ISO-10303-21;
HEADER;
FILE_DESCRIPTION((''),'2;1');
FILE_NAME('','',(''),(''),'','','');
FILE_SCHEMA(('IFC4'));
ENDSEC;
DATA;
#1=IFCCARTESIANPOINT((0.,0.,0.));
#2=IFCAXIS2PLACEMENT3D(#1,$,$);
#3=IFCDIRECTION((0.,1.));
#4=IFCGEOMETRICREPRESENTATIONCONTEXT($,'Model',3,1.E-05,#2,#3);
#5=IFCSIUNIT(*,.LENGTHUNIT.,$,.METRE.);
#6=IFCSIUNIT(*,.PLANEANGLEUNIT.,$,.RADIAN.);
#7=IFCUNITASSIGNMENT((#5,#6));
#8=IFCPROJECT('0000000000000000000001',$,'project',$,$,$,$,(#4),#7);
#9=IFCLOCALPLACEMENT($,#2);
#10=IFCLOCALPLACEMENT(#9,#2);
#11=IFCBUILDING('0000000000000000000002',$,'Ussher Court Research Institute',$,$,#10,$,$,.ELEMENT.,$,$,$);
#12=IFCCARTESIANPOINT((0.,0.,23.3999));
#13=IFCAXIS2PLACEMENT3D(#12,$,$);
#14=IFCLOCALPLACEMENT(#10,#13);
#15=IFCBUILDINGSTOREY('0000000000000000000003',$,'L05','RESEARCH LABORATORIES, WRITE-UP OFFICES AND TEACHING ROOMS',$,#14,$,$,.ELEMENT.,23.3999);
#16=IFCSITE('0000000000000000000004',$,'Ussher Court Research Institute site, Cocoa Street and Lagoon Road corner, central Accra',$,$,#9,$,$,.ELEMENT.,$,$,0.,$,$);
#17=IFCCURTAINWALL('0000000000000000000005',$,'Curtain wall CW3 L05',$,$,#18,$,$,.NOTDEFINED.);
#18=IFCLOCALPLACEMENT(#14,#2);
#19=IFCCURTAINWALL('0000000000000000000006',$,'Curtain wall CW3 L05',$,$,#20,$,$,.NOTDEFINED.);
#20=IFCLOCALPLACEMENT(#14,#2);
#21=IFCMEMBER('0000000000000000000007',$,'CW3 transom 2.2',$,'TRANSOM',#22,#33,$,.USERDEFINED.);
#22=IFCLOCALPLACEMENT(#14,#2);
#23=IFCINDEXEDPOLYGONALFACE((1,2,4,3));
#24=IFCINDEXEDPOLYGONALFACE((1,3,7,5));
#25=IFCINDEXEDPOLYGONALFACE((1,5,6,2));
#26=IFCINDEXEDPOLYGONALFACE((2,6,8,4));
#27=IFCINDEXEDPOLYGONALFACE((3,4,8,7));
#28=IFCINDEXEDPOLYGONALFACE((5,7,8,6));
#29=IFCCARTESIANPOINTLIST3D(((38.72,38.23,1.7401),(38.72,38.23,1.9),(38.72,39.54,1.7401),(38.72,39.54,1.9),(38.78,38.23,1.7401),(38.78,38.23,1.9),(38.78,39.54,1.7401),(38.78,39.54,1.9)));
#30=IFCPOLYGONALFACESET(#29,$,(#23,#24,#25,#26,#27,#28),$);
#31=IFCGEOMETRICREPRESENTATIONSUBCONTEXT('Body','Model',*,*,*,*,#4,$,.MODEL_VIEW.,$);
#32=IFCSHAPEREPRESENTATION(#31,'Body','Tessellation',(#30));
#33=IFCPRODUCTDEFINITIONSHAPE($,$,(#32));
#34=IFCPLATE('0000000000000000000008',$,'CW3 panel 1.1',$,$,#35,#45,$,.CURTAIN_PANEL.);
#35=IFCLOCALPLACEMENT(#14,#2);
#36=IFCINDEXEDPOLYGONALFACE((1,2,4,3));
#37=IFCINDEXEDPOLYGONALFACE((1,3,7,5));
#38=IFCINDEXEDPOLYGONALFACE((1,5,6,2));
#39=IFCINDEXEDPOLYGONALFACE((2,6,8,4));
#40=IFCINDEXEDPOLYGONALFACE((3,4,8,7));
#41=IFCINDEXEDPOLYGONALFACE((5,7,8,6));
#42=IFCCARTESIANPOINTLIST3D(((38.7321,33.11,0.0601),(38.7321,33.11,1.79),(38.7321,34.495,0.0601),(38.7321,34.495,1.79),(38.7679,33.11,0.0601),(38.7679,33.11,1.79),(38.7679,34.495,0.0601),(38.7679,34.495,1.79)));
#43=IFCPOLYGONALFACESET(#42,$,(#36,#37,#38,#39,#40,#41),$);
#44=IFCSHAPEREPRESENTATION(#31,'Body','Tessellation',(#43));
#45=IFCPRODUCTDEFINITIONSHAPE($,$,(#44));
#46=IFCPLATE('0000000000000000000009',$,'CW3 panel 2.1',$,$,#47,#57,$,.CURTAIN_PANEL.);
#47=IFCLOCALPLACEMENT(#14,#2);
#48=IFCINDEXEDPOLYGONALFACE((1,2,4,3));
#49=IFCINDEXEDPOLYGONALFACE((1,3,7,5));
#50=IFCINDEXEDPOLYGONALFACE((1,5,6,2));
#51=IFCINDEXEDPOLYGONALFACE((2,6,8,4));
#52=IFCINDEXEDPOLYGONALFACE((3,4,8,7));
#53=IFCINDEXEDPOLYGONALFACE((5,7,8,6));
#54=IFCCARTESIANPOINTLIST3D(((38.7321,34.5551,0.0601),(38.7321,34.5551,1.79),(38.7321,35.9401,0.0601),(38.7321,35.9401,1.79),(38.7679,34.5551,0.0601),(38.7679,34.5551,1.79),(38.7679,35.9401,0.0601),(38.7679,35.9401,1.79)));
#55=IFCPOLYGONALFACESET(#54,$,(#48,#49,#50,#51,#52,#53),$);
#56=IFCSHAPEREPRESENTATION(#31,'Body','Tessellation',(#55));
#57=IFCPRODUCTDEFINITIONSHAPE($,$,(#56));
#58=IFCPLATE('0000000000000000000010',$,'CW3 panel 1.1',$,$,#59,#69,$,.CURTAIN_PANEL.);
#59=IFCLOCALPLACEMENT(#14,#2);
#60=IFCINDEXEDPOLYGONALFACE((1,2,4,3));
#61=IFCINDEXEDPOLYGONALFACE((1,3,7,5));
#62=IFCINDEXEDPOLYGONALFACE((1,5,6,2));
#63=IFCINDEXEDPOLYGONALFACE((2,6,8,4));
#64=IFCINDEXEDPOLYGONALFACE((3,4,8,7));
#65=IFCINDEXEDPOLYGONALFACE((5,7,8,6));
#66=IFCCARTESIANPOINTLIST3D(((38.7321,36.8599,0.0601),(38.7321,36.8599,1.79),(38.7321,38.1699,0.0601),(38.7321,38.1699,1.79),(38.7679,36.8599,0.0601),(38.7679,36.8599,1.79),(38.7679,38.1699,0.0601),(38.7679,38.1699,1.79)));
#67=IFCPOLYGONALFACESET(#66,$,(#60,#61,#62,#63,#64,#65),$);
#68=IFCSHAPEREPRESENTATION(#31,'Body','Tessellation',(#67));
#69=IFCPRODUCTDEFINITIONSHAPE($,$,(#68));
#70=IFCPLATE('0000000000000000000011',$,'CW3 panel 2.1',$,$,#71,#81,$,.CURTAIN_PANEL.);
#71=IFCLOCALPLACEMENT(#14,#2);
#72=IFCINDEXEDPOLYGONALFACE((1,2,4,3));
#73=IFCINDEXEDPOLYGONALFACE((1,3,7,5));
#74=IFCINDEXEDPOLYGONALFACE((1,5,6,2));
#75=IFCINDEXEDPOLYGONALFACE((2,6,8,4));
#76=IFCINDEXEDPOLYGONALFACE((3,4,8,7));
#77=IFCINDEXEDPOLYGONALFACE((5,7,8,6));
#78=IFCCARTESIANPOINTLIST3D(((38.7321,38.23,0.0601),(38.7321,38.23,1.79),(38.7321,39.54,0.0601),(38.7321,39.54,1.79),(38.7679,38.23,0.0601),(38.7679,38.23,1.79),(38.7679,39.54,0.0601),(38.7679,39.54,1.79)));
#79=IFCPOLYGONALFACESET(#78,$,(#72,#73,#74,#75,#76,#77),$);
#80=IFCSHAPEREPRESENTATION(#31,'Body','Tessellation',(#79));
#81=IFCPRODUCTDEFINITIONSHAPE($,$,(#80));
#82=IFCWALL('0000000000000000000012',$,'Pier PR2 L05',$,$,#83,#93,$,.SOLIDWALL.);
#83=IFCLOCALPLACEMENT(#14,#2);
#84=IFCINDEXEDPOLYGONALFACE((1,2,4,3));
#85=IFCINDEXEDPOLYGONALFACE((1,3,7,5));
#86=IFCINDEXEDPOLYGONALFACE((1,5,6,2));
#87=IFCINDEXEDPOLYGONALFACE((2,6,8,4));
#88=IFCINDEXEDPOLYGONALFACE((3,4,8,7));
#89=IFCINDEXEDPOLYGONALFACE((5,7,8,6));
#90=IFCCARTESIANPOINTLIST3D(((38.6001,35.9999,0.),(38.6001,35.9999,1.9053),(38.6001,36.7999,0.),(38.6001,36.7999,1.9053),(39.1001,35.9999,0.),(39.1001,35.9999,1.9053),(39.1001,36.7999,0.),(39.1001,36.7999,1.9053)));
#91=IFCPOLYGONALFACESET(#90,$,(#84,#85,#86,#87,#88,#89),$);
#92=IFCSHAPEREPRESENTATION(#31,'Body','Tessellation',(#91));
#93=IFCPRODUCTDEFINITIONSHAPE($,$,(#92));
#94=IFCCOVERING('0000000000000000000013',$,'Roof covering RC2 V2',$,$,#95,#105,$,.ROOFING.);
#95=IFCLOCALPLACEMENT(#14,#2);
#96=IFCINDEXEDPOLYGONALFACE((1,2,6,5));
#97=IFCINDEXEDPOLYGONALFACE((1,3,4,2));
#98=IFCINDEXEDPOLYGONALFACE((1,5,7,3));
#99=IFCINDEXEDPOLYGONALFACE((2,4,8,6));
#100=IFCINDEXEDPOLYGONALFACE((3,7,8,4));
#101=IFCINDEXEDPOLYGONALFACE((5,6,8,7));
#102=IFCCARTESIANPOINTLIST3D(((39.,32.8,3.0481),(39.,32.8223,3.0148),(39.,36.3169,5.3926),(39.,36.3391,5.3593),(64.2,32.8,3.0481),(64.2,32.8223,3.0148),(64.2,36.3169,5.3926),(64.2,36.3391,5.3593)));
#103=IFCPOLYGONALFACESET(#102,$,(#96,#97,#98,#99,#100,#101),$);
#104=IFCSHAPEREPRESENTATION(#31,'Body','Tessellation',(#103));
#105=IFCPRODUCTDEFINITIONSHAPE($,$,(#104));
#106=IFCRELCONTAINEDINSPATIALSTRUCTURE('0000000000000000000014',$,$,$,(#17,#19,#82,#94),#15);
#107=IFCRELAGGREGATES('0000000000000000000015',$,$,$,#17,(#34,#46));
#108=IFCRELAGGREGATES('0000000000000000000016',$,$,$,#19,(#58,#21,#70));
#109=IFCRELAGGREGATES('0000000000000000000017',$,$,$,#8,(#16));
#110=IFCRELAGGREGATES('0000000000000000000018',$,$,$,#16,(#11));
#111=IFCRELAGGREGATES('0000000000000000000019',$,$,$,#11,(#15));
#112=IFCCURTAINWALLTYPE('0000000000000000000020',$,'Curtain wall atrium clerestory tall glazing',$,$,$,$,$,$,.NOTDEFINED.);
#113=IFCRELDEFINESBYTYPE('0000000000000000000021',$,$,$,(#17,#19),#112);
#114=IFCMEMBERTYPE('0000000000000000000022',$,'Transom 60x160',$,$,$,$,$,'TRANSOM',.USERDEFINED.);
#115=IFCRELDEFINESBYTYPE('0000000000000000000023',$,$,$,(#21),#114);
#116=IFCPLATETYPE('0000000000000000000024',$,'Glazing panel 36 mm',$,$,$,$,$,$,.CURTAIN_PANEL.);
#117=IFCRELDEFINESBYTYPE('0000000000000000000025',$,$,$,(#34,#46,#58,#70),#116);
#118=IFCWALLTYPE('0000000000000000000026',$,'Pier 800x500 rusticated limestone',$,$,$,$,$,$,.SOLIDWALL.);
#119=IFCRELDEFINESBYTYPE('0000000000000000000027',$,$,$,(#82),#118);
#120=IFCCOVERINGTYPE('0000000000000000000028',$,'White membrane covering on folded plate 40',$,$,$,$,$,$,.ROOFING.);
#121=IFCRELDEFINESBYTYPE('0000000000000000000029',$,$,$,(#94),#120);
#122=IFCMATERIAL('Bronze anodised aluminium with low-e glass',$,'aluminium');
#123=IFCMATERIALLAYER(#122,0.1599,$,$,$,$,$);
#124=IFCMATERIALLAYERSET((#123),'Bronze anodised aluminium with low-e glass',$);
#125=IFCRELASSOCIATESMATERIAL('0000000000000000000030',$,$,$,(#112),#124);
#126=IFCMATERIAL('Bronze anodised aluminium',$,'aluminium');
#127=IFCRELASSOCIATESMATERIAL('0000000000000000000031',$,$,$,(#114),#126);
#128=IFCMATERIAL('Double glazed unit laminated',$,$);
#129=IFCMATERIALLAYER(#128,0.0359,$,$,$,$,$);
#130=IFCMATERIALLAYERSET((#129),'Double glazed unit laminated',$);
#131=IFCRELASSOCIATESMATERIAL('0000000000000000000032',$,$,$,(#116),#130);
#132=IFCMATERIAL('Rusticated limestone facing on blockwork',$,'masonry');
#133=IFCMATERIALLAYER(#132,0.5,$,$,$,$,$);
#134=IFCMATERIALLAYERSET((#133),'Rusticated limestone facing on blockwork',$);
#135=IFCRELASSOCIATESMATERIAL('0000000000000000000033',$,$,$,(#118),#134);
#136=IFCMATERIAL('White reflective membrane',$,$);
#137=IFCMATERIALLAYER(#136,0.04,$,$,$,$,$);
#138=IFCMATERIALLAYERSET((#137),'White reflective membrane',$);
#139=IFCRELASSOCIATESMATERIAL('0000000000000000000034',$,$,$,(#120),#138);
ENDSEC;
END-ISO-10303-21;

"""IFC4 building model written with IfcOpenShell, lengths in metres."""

from ifc_helpers import new_model, si_unit, direction, frame, frame_2d, origin, origin_2d, place, context, subcontext, project, spatial, polyline, rectangle, outline, extrude, material, layer, layer_set, material_profile, profile_set, type_object, element, aggregate, save


model = new_model("IFC4")

# Units and contexts
model_context = context("Model", 3, precision=1e-05, world=origin(), true_north=direction((0.0, 1.0)))
body_context = subcontext(model_context, "Body", "Model", "MODEL_VIEW")
ifc_project = project(units=[si_unit("LENGTHUNIT", "METRE"), si_unit("PLANEANGLEUNIT", "RADIAN")], contexts=[model_context])

# Site, building, storey
site_placement = place(None, origin())
site = spatial("IfcSite", under=ifc_project, at=site_placement, Name="Ussher Court Research Institute site, Cocoa Street and Lagoon Road corner, central Accra", CompositionType="ELEMENT", RefElevation=0.0)
building_placement = place(site_placement, origin())
building = spatial("IfcBuilding", under=site, at=building_placement, Name="Ussher Court Research Institute", CompositionType="ELEMENT")
storey_placement = place(building_placement, frame((0.0, 0.0, 23.3999)))
storey = spatial("IfcBuildingStorey", under=building, at=storey_placement, Name="L05", Description="RESEARCH LABORATORIES, WRITE-UP OFFICES AND TEACHING ROOMS", CompositionType="ELEMENT", Elevation=23.3999)

# Curtain walls
ifc_material_1 = material(Name="Bronze anodised aluminium with low-e glass", Category="aluminium")
ifc_layer_1 = layer(ifc_material_1, 0.1599)
ifc_layer_set_1 = layer_set([ifc_layer_1], Name="Bronze anodised aluminium with low-e glass")
curtain_wall_type = type_object("IfcCurtainWallType", Name="Curtain wall atrium clerestory tall glazing", PredefinedType="NOTDEFINED", material=ifc_layer_set_1)
curtain_wall_1_placement = place(storey_placement, origin())
curtain_wall_1 = element("IfcCurtainWall", 1, at=curtain_wall_1_placement, inside=storey, type_object=curtain_wall_type, Name="Curtain wall CW3 L05", PredefinedType="NOTDEFINED")
curtain_wall_2_placement = place(storey_placement, origin())
curtain_wall_2 = element("IfcCurtainWall", 2, at=curtain_wall_2_placement, inside=storey, type_object=curtain_wall_type, Name="Curtain wall CW3 L05", PredefinedType="NOTDEFINED")

# Member
ifc_material_2 = material(Name="Bronze anodised aluminium", Category="aluminium")
ifc_material_profile_1 = material_profile(ifc_material_2, rectangle(XDim=0.0601, YDim=0.1599, at=origin_2d()), Name="Transom 60x160")
ifc_profile_set_1 = profile_set([ifc_material_profile_1], Name="Bronze anodised aluminium")
member_type_1 = type_object("IfcMemberType", Name="Transom 60x160", ElementType="TRANSOM", PredefinedType="USERDEFINED", material=ifc_profile_set_1)
member_1_placement = place(storey_placement, frame((38.75, 38.23, 1.8201), z_axis=(0.0, 1.0, 0.0), x_axis=(-1.0, 0.0, 0.0)))
member_1 = element("IfcMember", 3, at=member_1_placement, type_object=member_type_1, Name="CW3 transom 2.2", ObjectType="TRANSOM", PredefinedType="USERDEFINED", context=body_context, shape_type="SweptSolid", body=[
    extrude(rectangle(XDim=0.0601, YDim=0.1599, at=origin_2d()), origin(), (0.0, 0.0, 1.0), 1.3101),
])

# Plates
ifc_material_3 = material(Name="Double glazed unit laminated")
ifc_layer_2 = layer(ifc_material_3, 0.0359)
ifc_layer_set_2 = layer_set([ifc_layer_2], Name="Double glazed unit laminated")
plate_type = type_object("IfcPlateType", Name="Glazing panel 36 mm", PredefinedType="CURTAIN_PANEL", material=ifc_layer_set_2)
plate_1_placement = place(storey_placement, frame((38.75, 33.8025, 0.0601), z_axis=(0.0, 0.0, 1.0), x_axis=(0.0, 1.0, 0.0)))
plate_1 = element("IfcPlate", 4, at=plate_1_placement, type_object=plate_type, Name="CW3 panel 1.1", PredefinedType="CURTAIN_PANEL", context=body_context, shape_type="SweptSolid", body=[
    extrude(rectangle(XDim=1.385, YDim=0.0359, at=origin_2d()), origin(), (0.0, 0.0, 1.0), 1.73),
])
plate_2_placement = place(storey_placement, frame((38.75, 35.2476, 0.0601), z_axis=(0.0, 0.0, 1.0), x_axis=(0.0, 1.0, 0.0)))
plate_2 = element("IfcPlate", 5, at=plate_2_placement, type_object=plate_type, Name="CW3 panel 2.1", PredefinedType="CURTAIN_PANEL", context=body_context, shape_type="SweptSolid", body=[
    extrude(rectangle(XDim=1.385, YDim=0.0359, at=origin_2d()), origin(), (0.0, 0.0, 1.0), 1.73),
])
aggregate(curtain_wall_1, [plate_1, plate_2])
plate_3_placement = place(storey_placement, frame((38.75, 37.5149, 0.0601), z_axis=(0.0, 0.0, 1.0), x_axis=(0.0, 1.0, 0.0)))
plate_3 = element("IfcPlate", 6, at=plate_3_placement, type_object=plate_type, Name="CW3 panel 1.1", PredefinedType="CURTAIN_PANEL", context=body_context, shape_type="SweptSolid", body=[
    extrude(rectangle(XDim=1.3101, YDim=0.0359, at=origin_2d()), origin(), (0.0, 0.0, 1.0), 1.73),
])
plate_4_placement = place(storey_placement, frame((38.75, 38.885, 0.0601), z_axis=(0.0, 0.0, 1.0), x_axis=(0.0, 1.0, 0.0)))
plate_4 = element("IfcPlate", 7, at=plate_4_placement, type_object=plate_type, Name="CW3 panel 2.1", PredefinedType="CURTAIN_PANEL", context=body_context, shape_type="SweptSolid", body=[
    extrude(rectangle(XDim=1.3101, YDim=0.0359, at=origin_2d()), origin(), (0.0, 0.0, 1.0), 1.73),
])
aggregate(curtain_wall_2, [plate_3, member_1, plate_4])

# Wall
ifc_material_4 = material(Name="Rusticated limestone facing on blockwork", Category="masonry")
ifc_layer_3 = layer(ifc_material_4, 0.5)
ifc_layer_set_3 = layer_set([ifc_layer_3], Name="Rusticated limestone facing on blockwork")
wall_type = type_object("IfcWallType", Name="Pier 800x500 rusticated limestone", PredefinedType="SOLIDWALL", material=ifc_layer_set_3)
wall_placement = place(storey_placement, frame((38.8501, 36.0, 0.0), z_axis=(0.0, 0.0, 1.0), x_axis=(0.0, 1.0, 0.0)))
element("IfcWall", 8, at=wall_placement, inside=storey, type_object=wall_type, Name="Pier PR2 L05", PredefinedType="SOLIDWALL", context=body_context, shape_type="SweptSolid", body=[
    extrude(rectangle(XDim=0.8, YDim=0.5, at=frame_2d((0.3999, 0.0))), origin(), (0.0, 0.0, 1.0), 1.9053),
])

# Covering
ifc_material_5 = material(Name="White reflective membrane")
ifc_layer_4 = layer(ifc_material_5, 0.04)
ifc_layer_set_4 = layer_set([ifc_layer_4], Name="White reflective membrane")
covering_type = type_object("IfcCoveringType", Name="White membrane covering on folded plate 40", PredefinedType="ROOFING", material=ifc_layer_set_4)
covering_placement = place(storey_placement, frame((39.0, 32.8, 3.0481), z_axis=(0.0, -0.554687, 0.832059), x_axis=(1.0, 0.0, 0.0)))
element("IfcCovering", 9, at=covering_placement, inside=storey, type_object=covering_type, Name="Roof covering RC2 V2", PredefinedType="ROOFING", context=body_context, shape_type="SweptSolid", body=[
    extrude(outline(polyline([(0.0, 0.0), (25.2, 0.0), (25.2, 4.2267), (0.0, 4.2267), (0.0, 0.0)])), origin(), (0.0, 0.0, -1.0), 0.04),
])

save(model, "model.ifc")
